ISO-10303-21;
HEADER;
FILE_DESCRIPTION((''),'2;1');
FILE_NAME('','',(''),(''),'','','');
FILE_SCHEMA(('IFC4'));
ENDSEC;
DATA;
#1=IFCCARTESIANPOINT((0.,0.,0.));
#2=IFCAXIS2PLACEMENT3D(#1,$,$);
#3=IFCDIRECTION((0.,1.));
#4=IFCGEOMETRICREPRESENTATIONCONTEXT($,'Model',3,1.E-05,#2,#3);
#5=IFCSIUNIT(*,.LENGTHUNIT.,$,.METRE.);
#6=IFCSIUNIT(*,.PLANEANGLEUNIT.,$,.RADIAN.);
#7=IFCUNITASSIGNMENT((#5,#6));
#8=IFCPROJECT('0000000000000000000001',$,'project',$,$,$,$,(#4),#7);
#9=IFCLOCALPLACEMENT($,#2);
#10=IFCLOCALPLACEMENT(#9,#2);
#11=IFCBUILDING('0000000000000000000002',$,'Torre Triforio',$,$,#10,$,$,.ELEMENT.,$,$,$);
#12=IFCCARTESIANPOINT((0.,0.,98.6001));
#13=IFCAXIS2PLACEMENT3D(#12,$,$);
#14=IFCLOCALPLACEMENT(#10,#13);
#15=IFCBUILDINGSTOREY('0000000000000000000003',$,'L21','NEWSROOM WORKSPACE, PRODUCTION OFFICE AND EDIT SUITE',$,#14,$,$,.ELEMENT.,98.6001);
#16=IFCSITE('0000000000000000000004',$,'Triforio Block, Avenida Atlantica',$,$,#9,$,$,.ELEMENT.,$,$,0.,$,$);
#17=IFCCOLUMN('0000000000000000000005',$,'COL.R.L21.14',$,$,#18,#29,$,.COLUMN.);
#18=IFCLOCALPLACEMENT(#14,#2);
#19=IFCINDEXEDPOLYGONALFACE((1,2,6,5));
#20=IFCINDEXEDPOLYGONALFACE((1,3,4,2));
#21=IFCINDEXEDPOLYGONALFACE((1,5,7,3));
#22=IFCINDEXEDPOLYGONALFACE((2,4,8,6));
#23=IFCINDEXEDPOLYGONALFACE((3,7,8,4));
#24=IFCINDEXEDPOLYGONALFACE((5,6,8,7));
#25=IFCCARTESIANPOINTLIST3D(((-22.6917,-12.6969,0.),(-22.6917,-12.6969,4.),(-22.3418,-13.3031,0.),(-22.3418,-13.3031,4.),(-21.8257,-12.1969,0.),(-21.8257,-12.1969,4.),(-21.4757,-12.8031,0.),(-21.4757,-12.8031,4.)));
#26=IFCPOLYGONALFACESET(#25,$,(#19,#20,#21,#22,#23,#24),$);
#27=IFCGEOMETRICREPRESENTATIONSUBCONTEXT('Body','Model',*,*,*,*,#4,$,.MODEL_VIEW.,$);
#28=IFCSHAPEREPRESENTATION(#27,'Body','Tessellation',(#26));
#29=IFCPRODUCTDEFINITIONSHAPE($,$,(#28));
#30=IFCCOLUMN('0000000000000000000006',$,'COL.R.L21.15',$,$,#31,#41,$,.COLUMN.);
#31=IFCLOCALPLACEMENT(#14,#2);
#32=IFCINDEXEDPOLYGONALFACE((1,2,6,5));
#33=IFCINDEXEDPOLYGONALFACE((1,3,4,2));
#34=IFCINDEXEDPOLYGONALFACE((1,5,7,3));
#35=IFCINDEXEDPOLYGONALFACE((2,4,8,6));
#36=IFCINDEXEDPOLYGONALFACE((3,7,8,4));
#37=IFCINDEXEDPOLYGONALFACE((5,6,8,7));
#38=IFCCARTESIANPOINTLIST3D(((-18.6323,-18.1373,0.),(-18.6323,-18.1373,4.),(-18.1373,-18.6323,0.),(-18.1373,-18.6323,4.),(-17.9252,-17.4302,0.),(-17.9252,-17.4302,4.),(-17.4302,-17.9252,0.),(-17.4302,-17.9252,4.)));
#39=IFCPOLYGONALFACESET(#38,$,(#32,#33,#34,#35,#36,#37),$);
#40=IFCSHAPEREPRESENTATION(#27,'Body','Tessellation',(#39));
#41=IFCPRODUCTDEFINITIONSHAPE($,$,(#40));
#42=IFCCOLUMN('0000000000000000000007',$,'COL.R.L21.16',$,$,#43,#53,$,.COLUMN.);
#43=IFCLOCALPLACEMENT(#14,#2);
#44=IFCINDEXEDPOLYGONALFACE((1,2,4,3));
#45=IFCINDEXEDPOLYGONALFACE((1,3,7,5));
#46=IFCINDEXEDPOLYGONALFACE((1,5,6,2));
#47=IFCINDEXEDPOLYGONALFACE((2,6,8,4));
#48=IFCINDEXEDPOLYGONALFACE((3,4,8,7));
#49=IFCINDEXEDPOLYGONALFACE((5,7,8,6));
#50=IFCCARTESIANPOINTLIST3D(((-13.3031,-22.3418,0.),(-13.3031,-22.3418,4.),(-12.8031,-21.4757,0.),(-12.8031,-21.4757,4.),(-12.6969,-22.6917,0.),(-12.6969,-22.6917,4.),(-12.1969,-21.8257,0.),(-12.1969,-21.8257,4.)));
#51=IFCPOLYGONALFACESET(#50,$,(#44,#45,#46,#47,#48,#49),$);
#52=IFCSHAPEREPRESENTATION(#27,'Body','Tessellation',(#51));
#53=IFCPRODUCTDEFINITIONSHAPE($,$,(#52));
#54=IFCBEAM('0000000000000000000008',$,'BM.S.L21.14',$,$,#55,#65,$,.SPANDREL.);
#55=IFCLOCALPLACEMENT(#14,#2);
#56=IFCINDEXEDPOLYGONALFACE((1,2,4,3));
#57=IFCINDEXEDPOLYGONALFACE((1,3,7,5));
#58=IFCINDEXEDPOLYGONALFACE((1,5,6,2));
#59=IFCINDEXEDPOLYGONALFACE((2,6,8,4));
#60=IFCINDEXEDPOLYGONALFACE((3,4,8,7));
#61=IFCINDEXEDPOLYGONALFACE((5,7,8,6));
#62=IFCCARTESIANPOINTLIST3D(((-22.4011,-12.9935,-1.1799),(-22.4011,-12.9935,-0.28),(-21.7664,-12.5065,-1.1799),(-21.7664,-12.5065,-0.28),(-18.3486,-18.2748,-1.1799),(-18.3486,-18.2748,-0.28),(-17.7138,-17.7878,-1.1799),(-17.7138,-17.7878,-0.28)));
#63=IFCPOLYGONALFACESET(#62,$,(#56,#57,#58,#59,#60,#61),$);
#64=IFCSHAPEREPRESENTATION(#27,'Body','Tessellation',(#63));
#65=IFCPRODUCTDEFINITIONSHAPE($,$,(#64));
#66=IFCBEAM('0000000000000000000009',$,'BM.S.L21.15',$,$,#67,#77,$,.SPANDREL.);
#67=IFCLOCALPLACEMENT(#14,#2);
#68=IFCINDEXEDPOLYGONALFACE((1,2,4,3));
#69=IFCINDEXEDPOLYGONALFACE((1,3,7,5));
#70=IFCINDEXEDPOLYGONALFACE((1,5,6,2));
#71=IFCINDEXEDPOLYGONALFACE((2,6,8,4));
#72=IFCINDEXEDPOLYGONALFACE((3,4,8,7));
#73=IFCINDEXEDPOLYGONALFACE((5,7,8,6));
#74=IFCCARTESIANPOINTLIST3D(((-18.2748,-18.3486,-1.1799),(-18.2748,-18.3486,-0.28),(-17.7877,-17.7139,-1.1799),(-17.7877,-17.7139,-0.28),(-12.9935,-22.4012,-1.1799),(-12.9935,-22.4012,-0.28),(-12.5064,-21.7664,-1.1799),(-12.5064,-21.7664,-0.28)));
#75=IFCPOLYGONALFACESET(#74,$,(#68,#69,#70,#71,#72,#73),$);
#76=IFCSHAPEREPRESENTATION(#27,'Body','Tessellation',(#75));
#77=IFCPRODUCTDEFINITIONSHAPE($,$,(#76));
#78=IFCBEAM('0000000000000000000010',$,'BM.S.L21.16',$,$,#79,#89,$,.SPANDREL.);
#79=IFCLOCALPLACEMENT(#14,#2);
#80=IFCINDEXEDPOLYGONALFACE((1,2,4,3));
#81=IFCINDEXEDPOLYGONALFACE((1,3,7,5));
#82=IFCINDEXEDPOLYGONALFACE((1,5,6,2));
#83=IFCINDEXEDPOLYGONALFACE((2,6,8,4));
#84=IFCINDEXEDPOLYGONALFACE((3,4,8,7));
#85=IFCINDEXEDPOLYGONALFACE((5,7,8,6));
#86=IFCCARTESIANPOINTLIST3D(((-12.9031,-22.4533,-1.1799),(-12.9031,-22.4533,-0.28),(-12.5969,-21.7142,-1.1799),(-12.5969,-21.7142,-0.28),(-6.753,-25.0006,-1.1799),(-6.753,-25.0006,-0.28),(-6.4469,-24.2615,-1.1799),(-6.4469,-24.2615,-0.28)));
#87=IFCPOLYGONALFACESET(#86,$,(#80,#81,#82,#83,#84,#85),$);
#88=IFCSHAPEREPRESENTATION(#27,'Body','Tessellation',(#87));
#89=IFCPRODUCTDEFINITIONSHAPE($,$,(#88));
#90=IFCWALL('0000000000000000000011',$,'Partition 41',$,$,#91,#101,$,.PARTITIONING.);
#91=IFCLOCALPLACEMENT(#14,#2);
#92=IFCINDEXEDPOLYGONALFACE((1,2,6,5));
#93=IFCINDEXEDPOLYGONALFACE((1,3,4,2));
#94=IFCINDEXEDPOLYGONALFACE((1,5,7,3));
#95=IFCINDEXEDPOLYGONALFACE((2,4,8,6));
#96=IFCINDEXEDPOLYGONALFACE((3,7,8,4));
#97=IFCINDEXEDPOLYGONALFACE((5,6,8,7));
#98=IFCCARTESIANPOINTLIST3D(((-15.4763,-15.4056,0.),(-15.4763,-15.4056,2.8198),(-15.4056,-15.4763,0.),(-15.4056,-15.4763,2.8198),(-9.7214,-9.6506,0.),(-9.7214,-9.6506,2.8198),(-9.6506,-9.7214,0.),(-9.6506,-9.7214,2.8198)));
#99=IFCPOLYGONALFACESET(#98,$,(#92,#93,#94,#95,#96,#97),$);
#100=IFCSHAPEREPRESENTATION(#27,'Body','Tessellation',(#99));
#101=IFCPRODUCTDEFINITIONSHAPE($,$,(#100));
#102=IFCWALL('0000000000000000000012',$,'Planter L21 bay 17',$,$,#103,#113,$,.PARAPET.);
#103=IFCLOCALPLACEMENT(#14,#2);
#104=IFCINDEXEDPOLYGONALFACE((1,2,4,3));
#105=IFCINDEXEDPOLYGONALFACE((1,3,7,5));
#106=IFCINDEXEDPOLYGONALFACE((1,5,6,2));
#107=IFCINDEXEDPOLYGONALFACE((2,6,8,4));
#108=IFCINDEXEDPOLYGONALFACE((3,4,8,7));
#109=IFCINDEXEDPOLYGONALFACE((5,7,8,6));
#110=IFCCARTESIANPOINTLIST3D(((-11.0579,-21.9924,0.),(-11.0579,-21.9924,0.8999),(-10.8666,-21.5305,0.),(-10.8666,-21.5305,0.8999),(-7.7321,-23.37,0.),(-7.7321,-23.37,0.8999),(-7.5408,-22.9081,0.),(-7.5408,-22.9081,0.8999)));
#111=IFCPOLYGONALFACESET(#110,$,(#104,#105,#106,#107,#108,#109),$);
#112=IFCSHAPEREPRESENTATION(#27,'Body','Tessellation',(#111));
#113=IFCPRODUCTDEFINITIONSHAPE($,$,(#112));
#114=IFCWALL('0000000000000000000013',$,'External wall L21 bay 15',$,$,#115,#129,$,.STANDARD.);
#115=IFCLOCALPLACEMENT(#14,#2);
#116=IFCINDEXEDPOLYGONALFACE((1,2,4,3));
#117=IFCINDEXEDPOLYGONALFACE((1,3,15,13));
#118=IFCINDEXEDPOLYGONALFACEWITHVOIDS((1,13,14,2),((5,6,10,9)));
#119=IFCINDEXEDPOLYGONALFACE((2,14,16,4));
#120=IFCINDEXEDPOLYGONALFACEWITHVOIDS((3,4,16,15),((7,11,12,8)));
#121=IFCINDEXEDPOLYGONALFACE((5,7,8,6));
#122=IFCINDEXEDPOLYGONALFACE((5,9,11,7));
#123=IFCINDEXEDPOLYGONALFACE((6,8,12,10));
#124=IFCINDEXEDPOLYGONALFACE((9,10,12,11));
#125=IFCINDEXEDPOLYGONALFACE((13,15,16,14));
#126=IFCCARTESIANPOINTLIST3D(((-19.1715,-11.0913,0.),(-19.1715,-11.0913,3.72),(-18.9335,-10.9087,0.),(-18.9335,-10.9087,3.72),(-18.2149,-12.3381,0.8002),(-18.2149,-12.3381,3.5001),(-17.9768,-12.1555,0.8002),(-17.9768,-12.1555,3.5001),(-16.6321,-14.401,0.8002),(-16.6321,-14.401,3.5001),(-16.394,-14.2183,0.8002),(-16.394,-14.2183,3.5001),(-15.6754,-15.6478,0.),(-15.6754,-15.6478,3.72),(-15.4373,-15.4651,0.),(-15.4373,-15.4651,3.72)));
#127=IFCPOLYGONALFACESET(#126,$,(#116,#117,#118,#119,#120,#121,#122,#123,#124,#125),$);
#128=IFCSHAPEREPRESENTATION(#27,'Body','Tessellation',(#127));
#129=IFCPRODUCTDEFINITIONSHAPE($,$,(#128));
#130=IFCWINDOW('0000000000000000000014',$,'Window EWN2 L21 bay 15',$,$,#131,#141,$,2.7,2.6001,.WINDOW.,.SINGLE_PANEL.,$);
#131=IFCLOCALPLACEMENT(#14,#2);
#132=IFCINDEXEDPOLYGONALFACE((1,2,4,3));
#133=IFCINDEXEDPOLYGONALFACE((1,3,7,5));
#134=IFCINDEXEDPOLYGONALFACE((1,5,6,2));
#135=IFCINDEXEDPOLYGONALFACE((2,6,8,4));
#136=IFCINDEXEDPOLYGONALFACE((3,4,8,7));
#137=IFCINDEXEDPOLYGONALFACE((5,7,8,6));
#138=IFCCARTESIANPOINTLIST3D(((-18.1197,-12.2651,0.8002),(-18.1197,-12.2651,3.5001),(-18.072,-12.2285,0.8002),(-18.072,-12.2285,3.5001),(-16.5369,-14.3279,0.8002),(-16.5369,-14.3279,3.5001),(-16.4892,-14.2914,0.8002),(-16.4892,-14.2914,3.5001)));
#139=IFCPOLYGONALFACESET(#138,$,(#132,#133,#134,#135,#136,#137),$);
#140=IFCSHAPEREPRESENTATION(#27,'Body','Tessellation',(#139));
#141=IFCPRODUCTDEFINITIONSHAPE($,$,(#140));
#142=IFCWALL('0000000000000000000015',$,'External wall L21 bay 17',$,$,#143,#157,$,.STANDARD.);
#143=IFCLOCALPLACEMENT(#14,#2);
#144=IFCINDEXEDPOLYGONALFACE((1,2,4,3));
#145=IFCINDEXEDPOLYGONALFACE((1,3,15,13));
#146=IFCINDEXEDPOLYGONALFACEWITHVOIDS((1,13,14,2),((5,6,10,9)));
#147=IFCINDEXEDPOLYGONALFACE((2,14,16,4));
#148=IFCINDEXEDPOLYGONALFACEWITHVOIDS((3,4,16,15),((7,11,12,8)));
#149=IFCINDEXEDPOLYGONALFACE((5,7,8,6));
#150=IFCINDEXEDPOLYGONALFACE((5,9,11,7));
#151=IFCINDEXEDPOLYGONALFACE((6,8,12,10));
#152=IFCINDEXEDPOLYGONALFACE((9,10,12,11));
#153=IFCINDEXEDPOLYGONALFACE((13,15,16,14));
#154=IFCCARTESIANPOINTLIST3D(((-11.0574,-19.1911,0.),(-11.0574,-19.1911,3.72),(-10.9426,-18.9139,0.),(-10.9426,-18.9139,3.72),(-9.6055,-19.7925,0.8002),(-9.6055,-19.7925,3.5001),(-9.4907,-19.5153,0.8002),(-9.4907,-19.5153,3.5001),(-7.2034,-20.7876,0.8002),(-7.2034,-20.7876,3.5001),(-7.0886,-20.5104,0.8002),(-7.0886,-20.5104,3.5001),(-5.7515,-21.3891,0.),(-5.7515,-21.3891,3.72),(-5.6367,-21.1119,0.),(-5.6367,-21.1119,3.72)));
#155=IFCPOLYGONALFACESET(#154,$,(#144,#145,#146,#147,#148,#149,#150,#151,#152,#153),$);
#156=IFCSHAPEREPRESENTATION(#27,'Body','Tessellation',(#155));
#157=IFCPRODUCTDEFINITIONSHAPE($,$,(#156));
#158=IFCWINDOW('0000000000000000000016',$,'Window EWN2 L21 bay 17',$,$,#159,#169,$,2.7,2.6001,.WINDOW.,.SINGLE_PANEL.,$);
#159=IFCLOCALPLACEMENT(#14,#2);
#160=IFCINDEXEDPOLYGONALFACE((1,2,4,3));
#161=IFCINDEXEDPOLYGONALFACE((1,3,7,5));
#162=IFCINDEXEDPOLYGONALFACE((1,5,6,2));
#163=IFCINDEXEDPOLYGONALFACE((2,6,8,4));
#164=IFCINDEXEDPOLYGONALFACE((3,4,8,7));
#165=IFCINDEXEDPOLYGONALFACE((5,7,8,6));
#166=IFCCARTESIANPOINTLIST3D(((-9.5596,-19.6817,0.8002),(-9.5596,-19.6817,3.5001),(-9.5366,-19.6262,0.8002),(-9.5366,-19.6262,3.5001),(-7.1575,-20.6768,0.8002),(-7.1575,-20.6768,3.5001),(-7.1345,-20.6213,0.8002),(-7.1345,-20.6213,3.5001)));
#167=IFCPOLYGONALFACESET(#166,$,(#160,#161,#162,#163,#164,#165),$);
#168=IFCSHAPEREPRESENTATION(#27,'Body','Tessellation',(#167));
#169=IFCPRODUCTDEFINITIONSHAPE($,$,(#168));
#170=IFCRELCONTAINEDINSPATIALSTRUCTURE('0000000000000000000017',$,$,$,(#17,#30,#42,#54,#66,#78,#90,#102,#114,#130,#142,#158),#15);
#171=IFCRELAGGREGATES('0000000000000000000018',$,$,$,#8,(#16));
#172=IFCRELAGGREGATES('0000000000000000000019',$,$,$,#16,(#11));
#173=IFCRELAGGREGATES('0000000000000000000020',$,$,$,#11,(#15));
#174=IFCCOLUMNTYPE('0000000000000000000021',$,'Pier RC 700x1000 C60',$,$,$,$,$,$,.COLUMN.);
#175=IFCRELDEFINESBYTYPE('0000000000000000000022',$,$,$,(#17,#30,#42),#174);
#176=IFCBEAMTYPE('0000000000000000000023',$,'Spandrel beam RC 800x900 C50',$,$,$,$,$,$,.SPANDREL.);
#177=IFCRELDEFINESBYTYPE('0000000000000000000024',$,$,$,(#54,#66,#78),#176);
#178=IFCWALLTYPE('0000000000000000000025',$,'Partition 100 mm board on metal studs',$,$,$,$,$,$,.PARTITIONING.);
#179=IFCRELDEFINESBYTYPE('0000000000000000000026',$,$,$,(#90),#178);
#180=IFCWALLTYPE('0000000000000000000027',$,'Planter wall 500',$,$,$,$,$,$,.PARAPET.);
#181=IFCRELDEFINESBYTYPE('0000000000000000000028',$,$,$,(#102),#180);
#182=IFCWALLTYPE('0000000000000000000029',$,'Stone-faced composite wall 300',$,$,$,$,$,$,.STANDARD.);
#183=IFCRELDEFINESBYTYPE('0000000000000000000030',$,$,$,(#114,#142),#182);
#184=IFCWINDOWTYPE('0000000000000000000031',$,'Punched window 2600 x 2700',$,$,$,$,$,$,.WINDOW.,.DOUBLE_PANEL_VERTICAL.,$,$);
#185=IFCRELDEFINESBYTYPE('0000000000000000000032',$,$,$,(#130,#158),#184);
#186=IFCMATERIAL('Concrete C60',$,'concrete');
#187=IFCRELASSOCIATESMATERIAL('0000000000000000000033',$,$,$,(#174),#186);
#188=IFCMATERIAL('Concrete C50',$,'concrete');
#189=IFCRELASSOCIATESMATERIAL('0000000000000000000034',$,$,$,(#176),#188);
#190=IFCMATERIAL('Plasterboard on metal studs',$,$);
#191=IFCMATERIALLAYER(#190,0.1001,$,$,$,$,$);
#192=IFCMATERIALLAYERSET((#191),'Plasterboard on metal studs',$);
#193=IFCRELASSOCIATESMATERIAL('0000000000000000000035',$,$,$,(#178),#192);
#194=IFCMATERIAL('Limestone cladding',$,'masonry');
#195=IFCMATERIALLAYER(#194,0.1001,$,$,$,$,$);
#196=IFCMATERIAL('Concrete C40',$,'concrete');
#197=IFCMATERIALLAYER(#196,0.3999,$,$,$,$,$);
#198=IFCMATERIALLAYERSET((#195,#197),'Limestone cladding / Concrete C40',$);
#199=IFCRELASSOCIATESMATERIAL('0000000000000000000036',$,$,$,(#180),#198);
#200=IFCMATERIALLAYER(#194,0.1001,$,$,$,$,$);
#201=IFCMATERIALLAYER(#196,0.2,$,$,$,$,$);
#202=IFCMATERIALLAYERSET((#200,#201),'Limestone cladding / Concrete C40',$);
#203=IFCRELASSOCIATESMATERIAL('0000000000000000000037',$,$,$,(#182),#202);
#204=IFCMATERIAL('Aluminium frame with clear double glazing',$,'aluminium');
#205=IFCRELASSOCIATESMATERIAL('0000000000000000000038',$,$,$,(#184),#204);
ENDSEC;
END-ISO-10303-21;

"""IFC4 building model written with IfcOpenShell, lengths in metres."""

from ifc_helpers import new_model, si_unit, direction, frame, frame_2d, origin, origin_2d, place, context, subcontext, project, spatial, rectangle, extrude, material, layer, layer_set, material_profile, profile_set, type_object, element, fill, save


model = new_model("IFC4")

# Units and contexts
model_context = context("Model", 3, precision=1e-05, world=origin(), true_north=direction((0.0, 1.0)))
body_context = subcontext(model_context, "Body", "Model", "MODEL_VIEW")
ifc_project = project(units=[si_unit("LENGTHUNIT", "METRE"), si_unit("PLANEANGLEUNIT", "RADIAN")], contexts=[model_context])

# Site, building, storey
site_placement = place(None, origin())
site = spatial("IfcSite", under=ifc_project, at=site_placement, Name="Triforio Block, Avenida Atlantica", CompositionType="ELEMENT", RefElevation=0.0)
building_placement = place(site_placement, origin())
building = spatial("IfcBuilding", under=site, at=building_placement, Name="Torre Triforio", CompositionType="ELEMENT")
storey_placement = place(building_placement, frame((0.0, 0.0, 98.6001)))
storey = spatial("IfcBuildingStorey", under=building, at=storey_placement, Name="L21", Description="NEWSROOM WORKSPACE, PRODUCTION OFFICE AND EDIT SUITE", CompositionType="ELEMENT", Elevation=98.6001)

# Columns
ifc_material_1 = material(Name="Concrete C60", Category="concrete")
ifc_material_profile_1 = material_profile(ifc_material_1, rectangle(XDim=0.7, YDim=1.0, at=origin_2d()), Name="RC 700x1000")
ifc_profile_set_1 = profile_set([ifc_material_profile_1], Name="Concrete C60")
column_type = type_object("IfcColumnType", Name="Pier RC 700x1000 C60", PredefinedType="COLUMN", material=ifc_profile_set_1)
for number, where, z_axis, x_axis, name in (
    (1, (-22.0837, -12.75, 0.0), (0.0, 0.0, 1.0), (0.5, -0.866025, 0.0), "COL.R.L21.14"),
    (2, (-18.0312, -18.0312, 0.0), (0.0, 0.0, 1.0), (0.707107, -0.707107, 0.0), "COL.R.L21.15"),
    (3, (-12.75, -22.0837, 0.0), (0.0, 0.0, 1.0), (0.866025, -0.5, 0.0), "COL.R.L21.16"),
):
    element("IfcColumn", number, at=place(storey_placement, frame(where, z_axis=z_axis, x_axis=x_axis)), inside=storey, type_object=column_type, Name=name, PredefinedType="COLUMN", context=body_context, shape_type="SweptSolid", body=[
        extrude(rectangle(XDim=0.7, YDim=1.0, at=origin_2d()), origin(), (0.0, 0.0, 1.0), 4.0),
    ])

# Beams
ifc_material_2 = material(Name="Concrete C50", Category="concrete")
ifc_material_profile_2 = material_profile(ifc_material_2, rectangle(XDim=0.8, YDim=0.8999, at=origin_2d()), Name="RC 800x900")
ifc_profile_set_2 = profile_set([ifc_material_profile_2], Name="Concrete C50")
beam_type = type_object("IfcBeamType", Name="Spandrel beam RC 800x900 C50", PredefinedType="SPANDREL", material=ifc_profile_set_2)
for number, where, z_axis, x_axis, name in (
    (4, (-22.0837, -12.75, -0.73), (0.608766, -0.79335, 0.0), (0.79335, 0.608766, 0.0), "BM.S.L21.14"),
    (5, (-18.0312, -18.0312, -0.73), (0.79335, -0.608766, 0.0), (0.608766, 0.79335, 0.0), "BM.S.L21.15"),
):
    element("IfcBeam", number, at=place(storey_placement, frame(where, z_axis=z_axis, x_axis=x_axis)), inside=storey, type_object=beam_type, Name=name, PredefinedType="SPANDREL", context=body_context, shape_type="SweptSolid", body=[
        extrude(rectangle(XDim=0.8, YDim=0.8999, at=origin_2d()), origin(), (0.0, 0.0, 1.0), 6.657),
    ])
beam_placement = place(storey_placement, frame((-12.75, -22.0837, -0.73), z_axis=(0.923885, -0.382669, 0.0), x_axis=(0.382669, 0.923885, 0.0)))
element("IfcBeam", 6, at=beam_placement, inside=storey, type_object=beam_type, Name="BM.S.L21.16", PredefinedType="SPANDREL", context=body_context, shape_type="SweptSolid", body=[
    extrude(rectangle(XDim=0.8, YDim=0.8999, at=origin_2d()), origin(), (0.0, 0.0, 1.0), 6.6567),
])

# Walls
ifc_material_3 = material(Name="Plasterboard on metal studs")
ifc_layer_1 = layer(ifc_material_3, 0.1001)
ifc_layer_set_1 = layer_set([ifc_layer_1], Name="Plasterboard on metal studs")
wall_type_1 = type_object("IfcWallType", Name="Partition 100 mm board on metal studs", PredefinedType="PARTITIONING", material=ifc_layer_set_1)
wall_1_placement = place(storey_placement, frame((-9.686, -9.686, 0.0), z_axis=(0.0, 0.0, 1.0), x_axis=(-0.707107, -0.707107, 0.0)))
element("IfcWall", 7, at=wall_1_placement, inside=storey, type_object=wall_type_1, Name="Partition 41", PredefinedType="PARTITIONING", context=body_context, shape_type="SweptSolid", body=[
    extrude(rectangle(XDim=8.1387, YDim=0.1001, at=frame_2d((4.0693, 0.0))), origin(), (0.0, 0.0, 1.0), 2.8198),
])
ifc_material_4 = material(Name="Limestone cladding", Category="masonry")
ifc_layer_2 = layer(ifc_material_4, 0.1001)
ifc_material_5 = material(Name="Concrete C40", Category="concrete")
ifc_layer_3 = layer(ifc_material_5, 0.3999)
ifc_layer_set_2 = layer_set([ifc_layer_2, ifc_layer_3], Name="Limestone cladding / Concrete C40")
wall_type_2 = type_object("IfcWallType", Name="Planter wall 500", PredefinedType="PARAPET", material=ifc_layer_set_2)
wall_2_placement = place(storey_placement, frame((-10.9622, -21.7615, 0.0), z_axis=(0.0, 0.0, 1.0), x_axis=(0.923875, -0.382693, 0.0)))
element("IfcWall", 8, at=wall_2_placement, inside=storey, type_object=wall_type_2, Name="Planter L21 bay 17", PredefinedType="PARAPET", context=body_context, shape_type="SweptSolid", body=[
    extrude(rectangle(XDim=3.5999, YDim=0.5, at=frame_2d((1.7998, 0.0))), origin(), (0.0, 0.0, 1.0), 0.8999),
])

# Wall, opening, window
ifc_layer_4 = layer(ifc_material_4, 0.1001)
ifc_layer_5 = layer(ifc_material_5, 0.2)
ifc_layer_set_3 = layer_set([ifc_layer_4, ifc_layer_5], Name="Limestone cladding / Concrete C40")
wall_type_3 = type_object("IfcWallType", Name="Stone-faced composite wall 300", PredefinedType="STANDARD", material=ifc_layer_set_3)
wall_3_placement = place(storey_placement, frame((-19.0525, -11.0, 0.0), z_axis=(0.0, 0.0, 1.0), x_axis=(0.608745, -0.793366, 0.0)))
wall_3 = element("IfcWall", 9, at=wall_3_placement, inside=storey, type_object=wall_type_3, Name="External wall L21 bay 15", PredefinedType="STANDARD", context=body_context, shape_type="SweptSolid", body=[
    extrude(rectangle(XDim=5.7432, YDim=0.3, at=frame_2d((2.8716, 0.0))), origin(), (0.0, 0.0, 1.0), 3.72),
])
opening_1_placement = place(wall_3_placement, frame((1.5715, 0.0, 0.8)))
opening_1 = element("IfcOpeningElement", 10, at=opening_1_placement, cuts=wall_3, PredefinedType="OPENING", context=body_context, shape_type="SweptSolid", body=[
    extrude(rectangle(XDim=2.6001, YDim=2.7, at=frame_2d((1.3, 1.3501))), frame((0.0, 0.1599, 0.0), z_axis=(0.0, -1.0, 0.0), x_axis=(1.0, 0.0, 0.0)), (0.0, 0.0, 1.0), 0.3201),
])
ifc_material_6 = material(Name="Aluminium frame with clear double glazing", Category="aluminium")
window_type_1 = type_object("IfcWindowType", Name="Punched window 2600 x 2700", PartitioningType="DOUBLE_PANEL_VERTICAL", PredefinedType="WINDOW", material=ifc_material_6)
window_1_placement = place(opening_1_placement, origin())
window_1 = element("IfcWindow", 11, at=window_1_placement, inside=storey, type_object=window_type_1, Name="Window EWN2 L21 bay 15", OverallHeight=2.7, OverallWidth=2.6001, PartitioningType="SINGLE_PANEL", PredefinedType="WINDOW", context=body_context, shape_type="SweptSolid", body=[
    extrude(rectangle(XDim=2.6001, YDim=2.7, at=frame_2d((1.3, 1.3501))), frame((0.0, 0.03, 0.0), z_axis=(0.0, -1.0, 0.0), x_axis=(1.0, 0.0, 0.0)), (0.0, 0.0, 1.0), 0.0601),
])
fill(opening_1, window_1)

# Wall, opening, window
wall_4_placement = place(storey_placement, frame((-11.0, -19.0525, 0.0), z_axis=(0.0, 0.0, 1.0), x_axis=(0.923866, -0.382716, 0.0)))
wall_4 = element("IfcWall", 12, at=wall_4_placement, inside=storey, type_object=wall_type_3, Name="External wall L21 bay 17", PredefinedType="STANDARD", context=body_context, shape_type="SweptSolid", body=[
    extrude(rectangle(XDim=5.7432, YDim=0.3, at=frame_2d((2.8716, 0.0))), origin(), (0.0, 0.0, 1.0), 3.72),
])
opening_2_placement = place(wall_4_placement, frame((1.5715, 0.0, 0.8)))
opening_2 = element("IfcOpeningElement", 13, at=opening_2_placement, cuts=wall_4, PredefinedType="OPENING", context=body_context, shape_type="SweptSolid", body=[
    extrude(rectangle(XDim=2.6001, YDim=2.7, at=frame_2d((1.3, 1.3501))), frame((0.0, 0.1599, 0.0), z_axis=(0.0, -1.0, 0.0), x_axis=(1.0, 0.0, 0.0)), (0.0, 0.0, 1.0), 0.3201),
])
window_2_placement = place(opening_2_placement, origin())
window_2 = element("IfcWindow", 14, at=window_2_placement, inside=storey, type_object=window_type_1, Name="Window EWN2 L21 bay 17", OverallHeight=2.7, OverallWidth=2.6001, PartitioningType="SINGLE_PANEL", PredefinedType="WINDOW", context=body_context, shape_type="SweptSolid", body=[
    extrude(rectangle(XDim=2.6001, YDim=2.7, at=frame_2d((1.3, 1.3501))), frame((0.0, 0.03, 0.0), z_axis=(0.0, -1.0, 0.0), x_axis=(1.0, 0.0, 0.0)), (0.0, 0.0, 1.0), 0.0601),
])
fill(opening_2, window_2)

save(model, "model.ifc")
